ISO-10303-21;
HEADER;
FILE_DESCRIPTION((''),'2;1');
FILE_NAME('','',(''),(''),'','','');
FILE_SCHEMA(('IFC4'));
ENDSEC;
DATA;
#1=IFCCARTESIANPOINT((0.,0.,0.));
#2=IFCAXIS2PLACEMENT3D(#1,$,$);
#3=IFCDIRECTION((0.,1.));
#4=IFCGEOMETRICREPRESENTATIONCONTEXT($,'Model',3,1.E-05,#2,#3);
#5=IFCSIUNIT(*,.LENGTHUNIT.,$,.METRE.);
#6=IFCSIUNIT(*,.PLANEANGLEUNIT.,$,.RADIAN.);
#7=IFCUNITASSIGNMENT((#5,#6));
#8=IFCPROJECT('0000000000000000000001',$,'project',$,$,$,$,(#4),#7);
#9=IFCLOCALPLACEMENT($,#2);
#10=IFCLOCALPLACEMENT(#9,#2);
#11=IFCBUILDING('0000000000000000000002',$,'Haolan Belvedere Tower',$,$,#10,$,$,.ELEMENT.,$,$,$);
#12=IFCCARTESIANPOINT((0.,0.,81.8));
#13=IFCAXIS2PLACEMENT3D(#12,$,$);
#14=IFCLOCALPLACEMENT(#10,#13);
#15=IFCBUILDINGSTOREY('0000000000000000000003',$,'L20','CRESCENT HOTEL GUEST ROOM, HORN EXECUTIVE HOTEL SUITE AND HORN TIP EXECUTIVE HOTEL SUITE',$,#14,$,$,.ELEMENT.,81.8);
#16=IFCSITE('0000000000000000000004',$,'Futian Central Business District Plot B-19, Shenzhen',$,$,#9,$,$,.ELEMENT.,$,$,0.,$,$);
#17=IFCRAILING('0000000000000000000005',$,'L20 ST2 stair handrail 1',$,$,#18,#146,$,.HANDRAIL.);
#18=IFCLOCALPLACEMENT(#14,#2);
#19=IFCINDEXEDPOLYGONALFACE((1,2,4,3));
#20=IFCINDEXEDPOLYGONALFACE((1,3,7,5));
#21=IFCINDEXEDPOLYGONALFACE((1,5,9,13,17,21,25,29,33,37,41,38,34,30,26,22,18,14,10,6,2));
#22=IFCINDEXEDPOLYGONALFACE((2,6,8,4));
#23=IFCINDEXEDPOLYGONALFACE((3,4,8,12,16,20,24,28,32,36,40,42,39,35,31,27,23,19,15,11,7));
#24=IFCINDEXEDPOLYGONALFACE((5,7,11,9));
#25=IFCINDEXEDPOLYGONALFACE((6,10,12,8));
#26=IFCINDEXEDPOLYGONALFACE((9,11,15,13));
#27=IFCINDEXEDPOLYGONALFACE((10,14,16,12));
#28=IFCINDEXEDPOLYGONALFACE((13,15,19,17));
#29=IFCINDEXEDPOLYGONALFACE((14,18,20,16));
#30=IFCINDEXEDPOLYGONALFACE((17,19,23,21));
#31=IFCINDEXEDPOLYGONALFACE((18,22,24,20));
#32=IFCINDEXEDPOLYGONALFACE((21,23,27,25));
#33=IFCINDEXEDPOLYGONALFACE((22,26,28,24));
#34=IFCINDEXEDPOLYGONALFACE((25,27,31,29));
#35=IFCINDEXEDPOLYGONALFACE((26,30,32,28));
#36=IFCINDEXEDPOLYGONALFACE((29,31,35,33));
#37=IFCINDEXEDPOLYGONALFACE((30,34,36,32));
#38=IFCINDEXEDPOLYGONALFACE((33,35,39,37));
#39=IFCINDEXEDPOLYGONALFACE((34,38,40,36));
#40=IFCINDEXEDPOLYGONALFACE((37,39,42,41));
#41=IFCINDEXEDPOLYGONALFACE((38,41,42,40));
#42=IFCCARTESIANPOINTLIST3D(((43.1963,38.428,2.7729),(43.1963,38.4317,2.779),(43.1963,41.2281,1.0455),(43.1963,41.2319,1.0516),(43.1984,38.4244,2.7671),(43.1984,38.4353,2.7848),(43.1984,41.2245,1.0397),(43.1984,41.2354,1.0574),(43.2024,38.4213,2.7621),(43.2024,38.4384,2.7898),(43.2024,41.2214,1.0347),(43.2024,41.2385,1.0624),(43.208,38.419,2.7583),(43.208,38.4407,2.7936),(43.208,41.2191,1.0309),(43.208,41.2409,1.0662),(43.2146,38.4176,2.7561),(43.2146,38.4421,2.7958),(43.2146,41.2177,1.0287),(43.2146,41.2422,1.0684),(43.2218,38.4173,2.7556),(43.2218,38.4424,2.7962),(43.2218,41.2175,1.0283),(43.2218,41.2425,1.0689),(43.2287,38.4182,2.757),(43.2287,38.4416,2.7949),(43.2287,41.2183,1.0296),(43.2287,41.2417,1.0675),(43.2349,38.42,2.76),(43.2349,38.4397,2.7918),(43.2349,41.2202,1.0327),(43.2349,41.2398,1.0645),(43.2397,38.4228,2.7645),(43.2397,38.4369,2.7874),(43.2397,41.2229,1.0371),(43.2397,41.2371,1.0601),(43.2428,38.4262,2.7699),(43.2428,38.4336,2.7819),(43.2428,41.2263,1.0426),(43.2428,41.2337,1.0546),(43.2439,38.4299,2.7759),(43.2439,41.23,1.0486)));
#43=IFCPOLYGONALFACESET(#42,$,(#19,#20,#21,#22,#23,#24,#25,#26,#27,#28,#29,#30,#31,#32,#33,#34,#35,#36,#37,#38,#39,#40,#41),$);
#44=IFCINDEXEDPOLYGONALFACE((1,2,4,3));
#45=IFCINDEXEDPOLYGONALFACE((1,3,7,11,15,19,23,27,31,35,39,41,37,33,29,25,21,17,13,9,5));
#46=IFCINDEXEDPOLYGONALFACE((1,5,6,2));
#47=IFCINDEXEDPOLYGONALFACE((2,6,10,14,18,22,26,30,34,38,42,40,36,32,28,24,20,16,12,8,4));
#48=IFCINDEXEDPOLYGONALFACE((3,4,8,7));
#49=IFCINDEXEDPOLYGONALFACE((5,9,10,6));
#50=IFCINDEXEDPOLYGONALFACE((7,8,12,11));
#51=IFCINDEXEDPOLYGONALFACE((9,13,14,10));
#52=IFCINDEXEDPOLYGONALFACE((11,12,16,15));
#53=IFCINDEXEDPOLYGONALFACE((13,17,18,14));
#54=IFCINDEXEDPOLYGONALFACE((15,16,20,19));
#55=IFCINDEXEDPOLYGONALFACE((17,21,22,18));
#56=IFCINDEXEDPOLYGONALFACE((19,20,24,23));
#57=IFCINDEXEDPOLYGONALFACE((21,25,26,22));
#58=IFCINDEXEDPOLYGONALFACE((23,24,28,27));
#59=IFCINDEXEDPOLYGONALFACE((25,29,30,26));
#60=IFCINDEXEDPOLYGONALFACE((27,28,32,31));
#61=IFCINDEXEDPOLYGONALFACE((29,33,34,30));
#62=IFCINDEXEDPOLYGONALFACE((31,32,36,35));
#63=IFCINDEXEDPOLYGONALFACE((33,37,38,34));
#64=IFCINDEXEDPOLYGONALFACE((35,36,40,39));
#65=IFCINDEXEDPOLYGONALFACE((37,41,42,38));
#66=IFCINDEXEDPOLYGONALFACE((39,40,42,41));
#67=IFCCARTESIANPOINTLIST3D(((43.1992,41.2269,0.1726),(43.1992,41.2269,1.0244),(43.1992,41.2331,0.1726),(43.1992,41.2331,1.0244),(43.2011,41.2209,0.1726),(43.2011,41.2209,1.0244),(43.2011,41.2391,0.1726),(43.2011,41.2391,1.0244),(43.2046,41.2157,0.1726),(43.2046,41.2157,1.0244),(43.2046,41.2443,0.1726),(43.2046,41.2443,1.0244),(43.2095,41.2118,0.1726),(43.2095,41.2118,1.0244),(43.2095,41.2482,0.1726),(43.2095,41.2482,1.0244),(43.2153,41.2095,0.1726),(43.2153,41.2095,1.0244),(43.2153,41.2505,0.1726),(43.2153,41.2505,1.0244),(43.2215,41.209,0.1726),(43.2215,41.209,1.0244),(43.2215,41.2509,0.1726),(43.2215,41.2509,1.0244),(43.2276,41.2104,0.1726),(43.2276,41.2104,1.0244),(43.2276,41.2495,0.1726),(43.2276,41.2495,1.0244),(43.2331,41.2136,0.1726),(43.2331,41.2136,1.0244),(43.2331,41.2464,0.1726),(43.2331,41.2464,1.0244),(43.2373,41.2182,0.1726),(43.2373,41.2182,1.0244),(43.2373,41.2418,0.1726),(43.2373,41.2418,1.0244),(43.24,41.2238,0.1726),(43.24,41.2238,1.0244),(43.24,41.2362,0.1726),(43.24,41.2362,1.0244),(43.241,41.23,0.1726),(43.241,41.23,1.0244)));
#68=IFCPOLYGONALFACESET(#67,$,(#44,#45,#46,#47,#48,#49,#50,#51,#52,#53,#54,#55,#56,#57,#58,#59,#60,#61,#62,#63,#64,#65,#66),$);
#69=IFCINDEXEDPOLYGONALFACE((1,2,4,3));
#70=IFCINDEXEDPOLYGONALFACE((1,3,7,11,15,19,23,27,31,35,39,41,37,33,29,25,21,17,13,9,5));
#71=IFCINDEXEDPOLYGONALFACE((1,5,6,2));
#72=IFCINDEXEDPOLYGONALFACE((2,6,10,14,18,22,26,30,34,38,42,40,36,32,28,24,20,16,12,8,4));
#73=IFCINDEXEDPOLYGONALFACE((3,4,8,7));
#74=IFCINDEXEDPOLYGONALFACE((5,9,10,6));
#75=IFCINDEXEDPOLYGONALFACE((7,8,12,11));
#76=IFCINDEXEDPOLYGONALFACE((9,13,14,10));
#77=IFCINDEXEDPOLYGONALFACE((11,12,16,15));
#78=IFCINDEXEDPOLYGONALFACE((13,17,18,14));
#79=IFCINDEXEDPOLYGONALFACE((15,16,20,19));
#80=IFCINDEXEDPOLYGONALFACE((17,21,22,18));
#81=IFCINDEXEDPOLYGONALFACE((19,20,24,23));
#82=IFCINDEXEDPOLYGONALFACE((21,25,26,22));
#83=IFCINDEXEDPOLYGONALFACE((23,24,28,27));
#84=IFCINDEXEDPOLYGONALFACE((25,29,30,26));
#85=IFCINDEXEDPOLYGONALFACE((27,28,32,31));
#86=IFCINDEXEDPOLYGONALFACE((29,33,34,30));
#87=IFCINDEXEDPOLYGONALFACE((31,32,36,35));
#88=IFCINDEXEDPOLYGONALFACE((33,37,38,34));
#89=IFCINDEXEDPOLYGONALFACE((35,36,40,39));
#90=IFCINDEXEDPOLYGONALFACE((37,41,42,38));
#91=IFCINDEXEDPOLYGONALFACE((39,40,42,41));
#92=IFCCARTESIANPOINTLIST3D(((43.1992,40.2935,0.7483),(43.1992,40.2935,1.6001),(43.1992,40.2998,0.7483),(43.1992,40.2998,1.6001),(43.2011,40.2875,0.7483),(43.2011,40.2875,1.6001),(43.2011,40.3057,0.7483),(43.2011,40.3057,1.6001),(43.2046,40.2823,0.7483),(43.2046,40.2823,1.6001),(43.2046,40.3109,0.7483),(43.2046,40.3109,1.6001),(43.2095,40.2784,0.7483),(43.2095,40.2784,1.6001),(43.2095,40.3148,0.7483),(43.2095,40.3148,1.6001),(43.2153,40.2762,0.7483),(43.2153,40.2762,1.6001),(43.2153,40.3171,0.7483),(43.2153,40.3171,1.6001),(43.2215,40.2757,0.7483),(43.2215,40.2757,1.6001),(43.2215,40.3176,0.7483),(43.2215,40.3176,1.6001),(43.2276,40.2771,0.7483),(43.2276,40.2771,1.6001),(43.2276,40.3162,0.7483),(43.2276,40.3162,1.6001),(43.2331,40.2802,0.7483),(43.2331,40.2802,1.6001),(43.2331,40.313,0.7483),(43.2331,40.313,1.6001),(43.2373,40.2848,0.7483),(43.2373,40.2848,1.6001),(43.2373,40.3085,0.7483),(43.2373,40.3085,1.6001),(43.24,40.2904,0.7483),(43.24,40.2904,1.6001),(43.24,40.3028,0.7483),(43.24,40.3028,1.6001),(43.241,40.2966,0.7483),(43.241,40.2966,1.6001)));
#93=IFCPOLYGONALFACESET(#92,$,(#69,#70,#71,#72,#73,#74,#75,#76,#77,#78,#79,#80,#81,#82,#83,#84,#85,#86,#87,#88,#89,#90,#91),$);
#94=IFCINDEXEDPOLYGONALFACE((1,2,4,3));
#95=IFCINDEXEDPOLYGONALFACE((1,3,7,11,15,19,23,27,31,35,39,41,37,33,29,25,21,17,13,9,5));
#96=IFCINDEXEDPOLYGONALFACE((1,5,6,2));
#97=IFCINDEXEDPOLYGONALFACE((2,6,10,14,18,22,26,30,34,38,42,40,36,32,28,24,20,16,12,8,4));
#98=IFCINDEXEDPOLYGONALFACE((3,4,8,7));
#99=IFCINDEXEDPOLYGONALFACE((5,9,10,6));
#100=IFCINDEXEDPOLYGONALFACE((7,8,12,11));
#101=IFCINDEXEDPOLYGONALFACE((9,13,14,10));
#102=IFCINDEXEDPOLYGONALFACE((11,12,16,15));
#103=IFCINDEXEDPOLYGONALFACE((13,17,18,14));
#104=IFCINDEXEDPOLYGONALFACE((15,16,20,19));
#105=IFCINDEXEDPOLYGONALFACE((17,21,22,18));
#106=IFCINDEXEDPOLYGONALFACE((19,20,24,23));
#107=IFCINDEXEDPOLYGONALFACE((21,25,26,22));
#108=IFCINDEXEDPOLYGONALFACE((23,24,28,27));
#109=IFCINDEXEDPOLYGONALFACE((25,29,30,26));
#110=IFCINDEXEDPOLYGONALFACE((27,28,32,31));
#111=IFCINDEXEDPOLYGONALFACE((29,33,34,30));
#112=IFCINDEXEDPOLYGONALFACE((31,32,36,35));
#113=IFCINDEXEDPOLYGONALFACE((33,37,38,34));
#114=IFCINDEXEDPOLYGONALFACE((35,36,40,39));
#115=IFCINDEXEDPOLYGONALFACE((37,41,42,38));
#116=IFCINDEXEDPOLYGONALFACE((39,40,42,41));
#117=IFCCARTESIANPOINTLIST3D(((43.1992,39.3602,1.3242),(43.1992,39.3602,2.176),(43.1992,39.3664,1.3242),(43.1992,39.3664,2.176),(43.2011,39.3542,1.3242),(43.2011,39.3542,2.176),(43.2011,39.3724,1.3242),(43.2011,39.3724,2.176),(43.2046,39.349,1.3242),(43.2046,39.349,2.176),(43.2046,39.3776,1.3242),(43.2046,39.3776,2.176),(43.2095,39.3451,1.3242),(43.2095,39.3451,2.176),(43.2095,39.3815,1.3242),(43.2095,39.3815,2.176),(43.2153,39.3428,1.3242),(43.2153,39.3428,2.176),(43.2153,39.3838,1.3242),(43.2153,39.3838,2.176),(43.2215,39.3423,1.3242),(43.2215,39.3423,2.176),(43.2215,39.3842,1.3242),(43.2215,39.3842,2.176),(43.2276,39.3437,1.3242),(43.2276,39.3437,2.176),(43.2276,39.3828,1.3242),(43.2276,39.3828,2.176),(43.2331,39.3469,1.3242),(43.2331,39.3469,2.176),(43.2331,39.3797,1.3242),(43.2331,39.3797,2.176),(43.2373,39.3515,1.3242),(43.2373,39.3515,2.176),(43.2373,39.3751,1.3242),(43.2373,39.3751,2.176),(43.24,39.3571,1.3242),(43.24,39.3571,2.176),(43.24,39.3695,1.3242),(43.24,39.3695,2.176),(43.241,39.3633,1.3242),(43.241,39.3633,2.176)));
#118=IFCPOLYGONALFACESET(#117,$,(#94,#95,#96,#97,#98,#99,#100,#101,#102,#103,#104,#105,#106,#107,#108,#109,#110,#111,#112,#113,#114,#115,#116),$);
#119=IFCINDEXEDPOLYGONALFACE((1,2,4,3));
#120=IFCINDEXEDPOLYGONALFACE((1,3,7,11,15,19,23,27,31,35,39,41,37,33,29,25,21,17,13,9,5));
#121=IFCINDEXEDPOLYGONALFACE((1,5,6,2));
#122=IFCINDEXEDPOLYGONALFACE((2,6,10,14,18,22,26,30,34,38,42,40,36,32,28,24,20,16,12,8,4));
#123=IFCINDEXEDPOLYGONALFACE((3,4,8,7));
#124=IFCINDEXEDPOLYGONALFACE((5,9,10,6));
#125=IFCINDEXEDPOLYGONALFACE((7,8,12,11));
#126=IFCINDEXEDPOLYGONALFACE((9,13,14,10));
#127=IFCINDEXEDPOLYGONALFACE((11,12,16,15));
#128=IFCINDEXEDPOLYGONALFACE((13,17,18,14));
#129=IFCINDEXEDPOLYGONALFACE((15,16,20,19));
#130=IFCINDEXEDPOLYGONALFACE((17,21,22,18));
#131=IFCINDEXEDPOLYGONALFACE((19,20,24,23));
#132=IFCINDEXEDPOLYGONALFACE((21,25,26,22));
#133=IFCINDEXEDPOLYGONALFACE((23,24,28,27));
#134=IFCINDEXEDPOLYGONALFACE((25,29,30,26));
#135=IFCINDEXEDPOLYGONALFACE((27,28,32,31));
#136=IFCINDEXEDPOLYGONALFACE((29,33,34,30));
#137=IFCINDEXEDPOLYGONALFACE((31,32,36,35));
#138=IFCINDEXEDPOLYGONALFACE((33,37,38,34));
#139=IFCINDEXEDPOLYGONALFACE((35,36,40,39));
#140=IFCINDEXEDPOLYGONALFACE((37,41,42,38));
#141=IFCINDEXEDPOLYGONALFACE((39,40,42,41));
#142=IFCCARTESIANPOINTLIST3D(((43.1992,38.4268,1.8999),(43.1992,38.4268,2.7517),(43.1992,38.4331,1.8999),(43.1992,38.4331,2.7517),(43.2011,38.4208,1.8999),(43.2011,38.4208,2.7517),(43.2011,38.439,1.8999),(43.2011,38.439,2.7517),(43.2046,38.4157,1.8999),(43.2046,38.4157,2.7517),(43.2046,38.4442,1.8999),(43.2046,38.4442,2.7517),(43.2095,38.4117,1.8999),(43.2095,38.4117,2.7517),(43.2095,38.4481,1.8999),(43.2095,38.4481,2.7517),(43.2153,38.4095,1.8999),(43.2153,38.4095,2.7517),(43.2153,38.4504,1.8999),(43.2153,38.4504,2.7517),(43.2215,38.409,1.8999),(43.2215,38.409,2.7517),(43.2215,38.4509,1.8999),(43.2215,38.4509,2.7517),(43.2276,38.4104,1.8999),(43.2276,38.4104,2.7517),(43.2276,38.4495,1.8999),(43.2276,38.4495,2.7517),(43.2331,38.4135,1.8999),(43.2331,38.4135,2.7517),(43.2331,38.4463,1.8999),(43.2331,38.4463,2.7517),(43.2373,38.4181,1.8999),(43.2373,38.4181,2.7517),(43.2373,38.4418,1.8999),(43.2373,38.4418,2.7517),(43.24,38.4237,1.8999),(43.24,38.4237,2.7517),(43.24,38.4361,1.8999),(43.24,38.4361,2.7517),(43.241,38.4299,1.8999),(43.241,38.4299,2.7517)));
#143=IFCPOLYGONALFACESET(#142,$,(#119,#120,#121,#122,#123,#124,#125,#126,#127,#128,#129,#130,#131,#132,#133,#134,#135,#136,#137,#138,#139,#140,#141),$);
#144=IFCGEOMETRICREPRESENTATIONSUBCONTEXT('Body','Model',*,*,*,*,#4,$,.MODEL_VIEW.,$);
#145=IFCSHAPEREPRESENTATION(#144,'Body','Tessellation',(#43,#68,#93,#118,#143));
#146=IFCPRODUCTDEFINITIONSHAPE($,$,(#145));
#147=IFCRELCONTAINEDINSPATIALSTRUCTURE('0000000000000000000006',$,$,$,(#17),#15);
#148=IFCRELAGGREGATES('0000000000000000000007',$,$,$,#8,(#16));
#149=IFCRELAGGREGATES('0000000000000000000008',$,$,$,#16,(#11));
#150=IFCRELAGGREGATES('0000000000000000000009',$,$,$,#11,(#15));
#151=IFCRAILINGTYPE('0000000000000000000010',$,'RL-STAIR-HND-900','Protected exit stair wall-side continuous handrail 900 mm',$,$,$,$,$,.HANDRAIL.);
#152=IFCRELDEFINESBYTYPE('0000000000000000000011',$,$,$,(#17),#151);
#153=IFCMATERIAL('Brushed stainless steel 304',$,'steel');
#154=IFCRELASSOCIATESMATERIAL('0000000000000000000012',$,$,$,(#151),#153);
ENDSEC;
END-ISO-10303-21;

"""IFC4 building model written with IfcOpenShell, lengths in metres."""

from ifc_helpers import new_model, si_unit, direction, frame, origin, origin_2d, place, context, subcontext, project, spatial, circle, extrude, material, type_object, element, save


model = new_model("IFC4")

# Units and contexts
model_context = context("Model", 3, precision=1e-05, world=origin(), true_north=direction((0.0, 1.0)))
body_context = subcontext(model_context, "Body", "Model", "MODEL_VIEW")
ifc_project = project(units=[si_unit("LENGTHUNIT", "METRE"), si_unit("PLANEANGLEUNIT", "RADIAN")], contexts=[model_context])

# Site, building, storey
site_placement = place(None, origin())
site = spatial("IfcSite", under=ifc_project, at=site_placement, Name="Futian Central Business District Plot B-19, Shenzhen", CompositionType="ELEMENT", RefElevation=0.0)
building_placement = place(site_placement, origin())
building = spatial("IfcBuilding", under=site, at=building_placement, Name="Haolan Belvedere Tower", CompositionType="ELEMENT")
storey_placement = place(building_placement, frame((0.0, 0.0, 81.8)))
storey = spatial("IfcBuildingStorey", under=building, at=storey_placement, Name="L20", Description="CRESCENT HOTEL GUEST ROOM, HORN EXECUTIVE HOTEL SUITE AND HORN TIP EXECUTIVE HOTEL SUITE", CompositionType="ELEMENT", Elevation=81.8)

# Railing
ifc_material_1 = material(Name="Brushed stainless steel 304", Category="steel")
railing_type_1 = type_object("IfcRailingType", Name="RL-STAIR-HND-900", Description="Protected exit stair wall-side continuous handrail 900 mm", PredefinedType="HANDRAIL", material=ifc_material_1)
railing_1_placement = place(storey_placement, frame((43.22, 41.23, 0.1726)))
element("IfcRailing", 1, at=railing_1_placement, inside=storey, type_object=railing_type_1, Name="L20 ST2 stair handrail 1", PredefinedType="HANDRAIL", context=body_context, shape_type="SweptSolid", body=[
    extrude(circle(Radius=0.0239, at=origin_2d()), frame((0.0, 0.0, 0.876), z_axis=(0.0, -0.85109, 0.52502), x_axis=(1.0, 0.0, 0.0)), (0.0, 0.0, 1.0), 3.29),
    extrude(circle(Radius=0.021, at=origin_2d()), origin(), (0.0, 0.0, 1.0), 0.8518),
    extrude(circle(Radius=0.021, at=origin_2d()), frame((0.0, -0.9333, 0.5757)), (0.0, 0.0, 1.0), 0.8518),
    extrude(circle(Radius=0.021, at=origin_2d()), frame((0.0, -1.8667, 1.1516)), (0.0, 0.0, 1.0), 0.8518),
    extrude(circle(Radius=0.021, at=origin_2d()), frame((0.0, -2.8, 1.7273)), (0.0, 0.0, 1.0), 0.8518),
])

save(model, "model.ifc")
